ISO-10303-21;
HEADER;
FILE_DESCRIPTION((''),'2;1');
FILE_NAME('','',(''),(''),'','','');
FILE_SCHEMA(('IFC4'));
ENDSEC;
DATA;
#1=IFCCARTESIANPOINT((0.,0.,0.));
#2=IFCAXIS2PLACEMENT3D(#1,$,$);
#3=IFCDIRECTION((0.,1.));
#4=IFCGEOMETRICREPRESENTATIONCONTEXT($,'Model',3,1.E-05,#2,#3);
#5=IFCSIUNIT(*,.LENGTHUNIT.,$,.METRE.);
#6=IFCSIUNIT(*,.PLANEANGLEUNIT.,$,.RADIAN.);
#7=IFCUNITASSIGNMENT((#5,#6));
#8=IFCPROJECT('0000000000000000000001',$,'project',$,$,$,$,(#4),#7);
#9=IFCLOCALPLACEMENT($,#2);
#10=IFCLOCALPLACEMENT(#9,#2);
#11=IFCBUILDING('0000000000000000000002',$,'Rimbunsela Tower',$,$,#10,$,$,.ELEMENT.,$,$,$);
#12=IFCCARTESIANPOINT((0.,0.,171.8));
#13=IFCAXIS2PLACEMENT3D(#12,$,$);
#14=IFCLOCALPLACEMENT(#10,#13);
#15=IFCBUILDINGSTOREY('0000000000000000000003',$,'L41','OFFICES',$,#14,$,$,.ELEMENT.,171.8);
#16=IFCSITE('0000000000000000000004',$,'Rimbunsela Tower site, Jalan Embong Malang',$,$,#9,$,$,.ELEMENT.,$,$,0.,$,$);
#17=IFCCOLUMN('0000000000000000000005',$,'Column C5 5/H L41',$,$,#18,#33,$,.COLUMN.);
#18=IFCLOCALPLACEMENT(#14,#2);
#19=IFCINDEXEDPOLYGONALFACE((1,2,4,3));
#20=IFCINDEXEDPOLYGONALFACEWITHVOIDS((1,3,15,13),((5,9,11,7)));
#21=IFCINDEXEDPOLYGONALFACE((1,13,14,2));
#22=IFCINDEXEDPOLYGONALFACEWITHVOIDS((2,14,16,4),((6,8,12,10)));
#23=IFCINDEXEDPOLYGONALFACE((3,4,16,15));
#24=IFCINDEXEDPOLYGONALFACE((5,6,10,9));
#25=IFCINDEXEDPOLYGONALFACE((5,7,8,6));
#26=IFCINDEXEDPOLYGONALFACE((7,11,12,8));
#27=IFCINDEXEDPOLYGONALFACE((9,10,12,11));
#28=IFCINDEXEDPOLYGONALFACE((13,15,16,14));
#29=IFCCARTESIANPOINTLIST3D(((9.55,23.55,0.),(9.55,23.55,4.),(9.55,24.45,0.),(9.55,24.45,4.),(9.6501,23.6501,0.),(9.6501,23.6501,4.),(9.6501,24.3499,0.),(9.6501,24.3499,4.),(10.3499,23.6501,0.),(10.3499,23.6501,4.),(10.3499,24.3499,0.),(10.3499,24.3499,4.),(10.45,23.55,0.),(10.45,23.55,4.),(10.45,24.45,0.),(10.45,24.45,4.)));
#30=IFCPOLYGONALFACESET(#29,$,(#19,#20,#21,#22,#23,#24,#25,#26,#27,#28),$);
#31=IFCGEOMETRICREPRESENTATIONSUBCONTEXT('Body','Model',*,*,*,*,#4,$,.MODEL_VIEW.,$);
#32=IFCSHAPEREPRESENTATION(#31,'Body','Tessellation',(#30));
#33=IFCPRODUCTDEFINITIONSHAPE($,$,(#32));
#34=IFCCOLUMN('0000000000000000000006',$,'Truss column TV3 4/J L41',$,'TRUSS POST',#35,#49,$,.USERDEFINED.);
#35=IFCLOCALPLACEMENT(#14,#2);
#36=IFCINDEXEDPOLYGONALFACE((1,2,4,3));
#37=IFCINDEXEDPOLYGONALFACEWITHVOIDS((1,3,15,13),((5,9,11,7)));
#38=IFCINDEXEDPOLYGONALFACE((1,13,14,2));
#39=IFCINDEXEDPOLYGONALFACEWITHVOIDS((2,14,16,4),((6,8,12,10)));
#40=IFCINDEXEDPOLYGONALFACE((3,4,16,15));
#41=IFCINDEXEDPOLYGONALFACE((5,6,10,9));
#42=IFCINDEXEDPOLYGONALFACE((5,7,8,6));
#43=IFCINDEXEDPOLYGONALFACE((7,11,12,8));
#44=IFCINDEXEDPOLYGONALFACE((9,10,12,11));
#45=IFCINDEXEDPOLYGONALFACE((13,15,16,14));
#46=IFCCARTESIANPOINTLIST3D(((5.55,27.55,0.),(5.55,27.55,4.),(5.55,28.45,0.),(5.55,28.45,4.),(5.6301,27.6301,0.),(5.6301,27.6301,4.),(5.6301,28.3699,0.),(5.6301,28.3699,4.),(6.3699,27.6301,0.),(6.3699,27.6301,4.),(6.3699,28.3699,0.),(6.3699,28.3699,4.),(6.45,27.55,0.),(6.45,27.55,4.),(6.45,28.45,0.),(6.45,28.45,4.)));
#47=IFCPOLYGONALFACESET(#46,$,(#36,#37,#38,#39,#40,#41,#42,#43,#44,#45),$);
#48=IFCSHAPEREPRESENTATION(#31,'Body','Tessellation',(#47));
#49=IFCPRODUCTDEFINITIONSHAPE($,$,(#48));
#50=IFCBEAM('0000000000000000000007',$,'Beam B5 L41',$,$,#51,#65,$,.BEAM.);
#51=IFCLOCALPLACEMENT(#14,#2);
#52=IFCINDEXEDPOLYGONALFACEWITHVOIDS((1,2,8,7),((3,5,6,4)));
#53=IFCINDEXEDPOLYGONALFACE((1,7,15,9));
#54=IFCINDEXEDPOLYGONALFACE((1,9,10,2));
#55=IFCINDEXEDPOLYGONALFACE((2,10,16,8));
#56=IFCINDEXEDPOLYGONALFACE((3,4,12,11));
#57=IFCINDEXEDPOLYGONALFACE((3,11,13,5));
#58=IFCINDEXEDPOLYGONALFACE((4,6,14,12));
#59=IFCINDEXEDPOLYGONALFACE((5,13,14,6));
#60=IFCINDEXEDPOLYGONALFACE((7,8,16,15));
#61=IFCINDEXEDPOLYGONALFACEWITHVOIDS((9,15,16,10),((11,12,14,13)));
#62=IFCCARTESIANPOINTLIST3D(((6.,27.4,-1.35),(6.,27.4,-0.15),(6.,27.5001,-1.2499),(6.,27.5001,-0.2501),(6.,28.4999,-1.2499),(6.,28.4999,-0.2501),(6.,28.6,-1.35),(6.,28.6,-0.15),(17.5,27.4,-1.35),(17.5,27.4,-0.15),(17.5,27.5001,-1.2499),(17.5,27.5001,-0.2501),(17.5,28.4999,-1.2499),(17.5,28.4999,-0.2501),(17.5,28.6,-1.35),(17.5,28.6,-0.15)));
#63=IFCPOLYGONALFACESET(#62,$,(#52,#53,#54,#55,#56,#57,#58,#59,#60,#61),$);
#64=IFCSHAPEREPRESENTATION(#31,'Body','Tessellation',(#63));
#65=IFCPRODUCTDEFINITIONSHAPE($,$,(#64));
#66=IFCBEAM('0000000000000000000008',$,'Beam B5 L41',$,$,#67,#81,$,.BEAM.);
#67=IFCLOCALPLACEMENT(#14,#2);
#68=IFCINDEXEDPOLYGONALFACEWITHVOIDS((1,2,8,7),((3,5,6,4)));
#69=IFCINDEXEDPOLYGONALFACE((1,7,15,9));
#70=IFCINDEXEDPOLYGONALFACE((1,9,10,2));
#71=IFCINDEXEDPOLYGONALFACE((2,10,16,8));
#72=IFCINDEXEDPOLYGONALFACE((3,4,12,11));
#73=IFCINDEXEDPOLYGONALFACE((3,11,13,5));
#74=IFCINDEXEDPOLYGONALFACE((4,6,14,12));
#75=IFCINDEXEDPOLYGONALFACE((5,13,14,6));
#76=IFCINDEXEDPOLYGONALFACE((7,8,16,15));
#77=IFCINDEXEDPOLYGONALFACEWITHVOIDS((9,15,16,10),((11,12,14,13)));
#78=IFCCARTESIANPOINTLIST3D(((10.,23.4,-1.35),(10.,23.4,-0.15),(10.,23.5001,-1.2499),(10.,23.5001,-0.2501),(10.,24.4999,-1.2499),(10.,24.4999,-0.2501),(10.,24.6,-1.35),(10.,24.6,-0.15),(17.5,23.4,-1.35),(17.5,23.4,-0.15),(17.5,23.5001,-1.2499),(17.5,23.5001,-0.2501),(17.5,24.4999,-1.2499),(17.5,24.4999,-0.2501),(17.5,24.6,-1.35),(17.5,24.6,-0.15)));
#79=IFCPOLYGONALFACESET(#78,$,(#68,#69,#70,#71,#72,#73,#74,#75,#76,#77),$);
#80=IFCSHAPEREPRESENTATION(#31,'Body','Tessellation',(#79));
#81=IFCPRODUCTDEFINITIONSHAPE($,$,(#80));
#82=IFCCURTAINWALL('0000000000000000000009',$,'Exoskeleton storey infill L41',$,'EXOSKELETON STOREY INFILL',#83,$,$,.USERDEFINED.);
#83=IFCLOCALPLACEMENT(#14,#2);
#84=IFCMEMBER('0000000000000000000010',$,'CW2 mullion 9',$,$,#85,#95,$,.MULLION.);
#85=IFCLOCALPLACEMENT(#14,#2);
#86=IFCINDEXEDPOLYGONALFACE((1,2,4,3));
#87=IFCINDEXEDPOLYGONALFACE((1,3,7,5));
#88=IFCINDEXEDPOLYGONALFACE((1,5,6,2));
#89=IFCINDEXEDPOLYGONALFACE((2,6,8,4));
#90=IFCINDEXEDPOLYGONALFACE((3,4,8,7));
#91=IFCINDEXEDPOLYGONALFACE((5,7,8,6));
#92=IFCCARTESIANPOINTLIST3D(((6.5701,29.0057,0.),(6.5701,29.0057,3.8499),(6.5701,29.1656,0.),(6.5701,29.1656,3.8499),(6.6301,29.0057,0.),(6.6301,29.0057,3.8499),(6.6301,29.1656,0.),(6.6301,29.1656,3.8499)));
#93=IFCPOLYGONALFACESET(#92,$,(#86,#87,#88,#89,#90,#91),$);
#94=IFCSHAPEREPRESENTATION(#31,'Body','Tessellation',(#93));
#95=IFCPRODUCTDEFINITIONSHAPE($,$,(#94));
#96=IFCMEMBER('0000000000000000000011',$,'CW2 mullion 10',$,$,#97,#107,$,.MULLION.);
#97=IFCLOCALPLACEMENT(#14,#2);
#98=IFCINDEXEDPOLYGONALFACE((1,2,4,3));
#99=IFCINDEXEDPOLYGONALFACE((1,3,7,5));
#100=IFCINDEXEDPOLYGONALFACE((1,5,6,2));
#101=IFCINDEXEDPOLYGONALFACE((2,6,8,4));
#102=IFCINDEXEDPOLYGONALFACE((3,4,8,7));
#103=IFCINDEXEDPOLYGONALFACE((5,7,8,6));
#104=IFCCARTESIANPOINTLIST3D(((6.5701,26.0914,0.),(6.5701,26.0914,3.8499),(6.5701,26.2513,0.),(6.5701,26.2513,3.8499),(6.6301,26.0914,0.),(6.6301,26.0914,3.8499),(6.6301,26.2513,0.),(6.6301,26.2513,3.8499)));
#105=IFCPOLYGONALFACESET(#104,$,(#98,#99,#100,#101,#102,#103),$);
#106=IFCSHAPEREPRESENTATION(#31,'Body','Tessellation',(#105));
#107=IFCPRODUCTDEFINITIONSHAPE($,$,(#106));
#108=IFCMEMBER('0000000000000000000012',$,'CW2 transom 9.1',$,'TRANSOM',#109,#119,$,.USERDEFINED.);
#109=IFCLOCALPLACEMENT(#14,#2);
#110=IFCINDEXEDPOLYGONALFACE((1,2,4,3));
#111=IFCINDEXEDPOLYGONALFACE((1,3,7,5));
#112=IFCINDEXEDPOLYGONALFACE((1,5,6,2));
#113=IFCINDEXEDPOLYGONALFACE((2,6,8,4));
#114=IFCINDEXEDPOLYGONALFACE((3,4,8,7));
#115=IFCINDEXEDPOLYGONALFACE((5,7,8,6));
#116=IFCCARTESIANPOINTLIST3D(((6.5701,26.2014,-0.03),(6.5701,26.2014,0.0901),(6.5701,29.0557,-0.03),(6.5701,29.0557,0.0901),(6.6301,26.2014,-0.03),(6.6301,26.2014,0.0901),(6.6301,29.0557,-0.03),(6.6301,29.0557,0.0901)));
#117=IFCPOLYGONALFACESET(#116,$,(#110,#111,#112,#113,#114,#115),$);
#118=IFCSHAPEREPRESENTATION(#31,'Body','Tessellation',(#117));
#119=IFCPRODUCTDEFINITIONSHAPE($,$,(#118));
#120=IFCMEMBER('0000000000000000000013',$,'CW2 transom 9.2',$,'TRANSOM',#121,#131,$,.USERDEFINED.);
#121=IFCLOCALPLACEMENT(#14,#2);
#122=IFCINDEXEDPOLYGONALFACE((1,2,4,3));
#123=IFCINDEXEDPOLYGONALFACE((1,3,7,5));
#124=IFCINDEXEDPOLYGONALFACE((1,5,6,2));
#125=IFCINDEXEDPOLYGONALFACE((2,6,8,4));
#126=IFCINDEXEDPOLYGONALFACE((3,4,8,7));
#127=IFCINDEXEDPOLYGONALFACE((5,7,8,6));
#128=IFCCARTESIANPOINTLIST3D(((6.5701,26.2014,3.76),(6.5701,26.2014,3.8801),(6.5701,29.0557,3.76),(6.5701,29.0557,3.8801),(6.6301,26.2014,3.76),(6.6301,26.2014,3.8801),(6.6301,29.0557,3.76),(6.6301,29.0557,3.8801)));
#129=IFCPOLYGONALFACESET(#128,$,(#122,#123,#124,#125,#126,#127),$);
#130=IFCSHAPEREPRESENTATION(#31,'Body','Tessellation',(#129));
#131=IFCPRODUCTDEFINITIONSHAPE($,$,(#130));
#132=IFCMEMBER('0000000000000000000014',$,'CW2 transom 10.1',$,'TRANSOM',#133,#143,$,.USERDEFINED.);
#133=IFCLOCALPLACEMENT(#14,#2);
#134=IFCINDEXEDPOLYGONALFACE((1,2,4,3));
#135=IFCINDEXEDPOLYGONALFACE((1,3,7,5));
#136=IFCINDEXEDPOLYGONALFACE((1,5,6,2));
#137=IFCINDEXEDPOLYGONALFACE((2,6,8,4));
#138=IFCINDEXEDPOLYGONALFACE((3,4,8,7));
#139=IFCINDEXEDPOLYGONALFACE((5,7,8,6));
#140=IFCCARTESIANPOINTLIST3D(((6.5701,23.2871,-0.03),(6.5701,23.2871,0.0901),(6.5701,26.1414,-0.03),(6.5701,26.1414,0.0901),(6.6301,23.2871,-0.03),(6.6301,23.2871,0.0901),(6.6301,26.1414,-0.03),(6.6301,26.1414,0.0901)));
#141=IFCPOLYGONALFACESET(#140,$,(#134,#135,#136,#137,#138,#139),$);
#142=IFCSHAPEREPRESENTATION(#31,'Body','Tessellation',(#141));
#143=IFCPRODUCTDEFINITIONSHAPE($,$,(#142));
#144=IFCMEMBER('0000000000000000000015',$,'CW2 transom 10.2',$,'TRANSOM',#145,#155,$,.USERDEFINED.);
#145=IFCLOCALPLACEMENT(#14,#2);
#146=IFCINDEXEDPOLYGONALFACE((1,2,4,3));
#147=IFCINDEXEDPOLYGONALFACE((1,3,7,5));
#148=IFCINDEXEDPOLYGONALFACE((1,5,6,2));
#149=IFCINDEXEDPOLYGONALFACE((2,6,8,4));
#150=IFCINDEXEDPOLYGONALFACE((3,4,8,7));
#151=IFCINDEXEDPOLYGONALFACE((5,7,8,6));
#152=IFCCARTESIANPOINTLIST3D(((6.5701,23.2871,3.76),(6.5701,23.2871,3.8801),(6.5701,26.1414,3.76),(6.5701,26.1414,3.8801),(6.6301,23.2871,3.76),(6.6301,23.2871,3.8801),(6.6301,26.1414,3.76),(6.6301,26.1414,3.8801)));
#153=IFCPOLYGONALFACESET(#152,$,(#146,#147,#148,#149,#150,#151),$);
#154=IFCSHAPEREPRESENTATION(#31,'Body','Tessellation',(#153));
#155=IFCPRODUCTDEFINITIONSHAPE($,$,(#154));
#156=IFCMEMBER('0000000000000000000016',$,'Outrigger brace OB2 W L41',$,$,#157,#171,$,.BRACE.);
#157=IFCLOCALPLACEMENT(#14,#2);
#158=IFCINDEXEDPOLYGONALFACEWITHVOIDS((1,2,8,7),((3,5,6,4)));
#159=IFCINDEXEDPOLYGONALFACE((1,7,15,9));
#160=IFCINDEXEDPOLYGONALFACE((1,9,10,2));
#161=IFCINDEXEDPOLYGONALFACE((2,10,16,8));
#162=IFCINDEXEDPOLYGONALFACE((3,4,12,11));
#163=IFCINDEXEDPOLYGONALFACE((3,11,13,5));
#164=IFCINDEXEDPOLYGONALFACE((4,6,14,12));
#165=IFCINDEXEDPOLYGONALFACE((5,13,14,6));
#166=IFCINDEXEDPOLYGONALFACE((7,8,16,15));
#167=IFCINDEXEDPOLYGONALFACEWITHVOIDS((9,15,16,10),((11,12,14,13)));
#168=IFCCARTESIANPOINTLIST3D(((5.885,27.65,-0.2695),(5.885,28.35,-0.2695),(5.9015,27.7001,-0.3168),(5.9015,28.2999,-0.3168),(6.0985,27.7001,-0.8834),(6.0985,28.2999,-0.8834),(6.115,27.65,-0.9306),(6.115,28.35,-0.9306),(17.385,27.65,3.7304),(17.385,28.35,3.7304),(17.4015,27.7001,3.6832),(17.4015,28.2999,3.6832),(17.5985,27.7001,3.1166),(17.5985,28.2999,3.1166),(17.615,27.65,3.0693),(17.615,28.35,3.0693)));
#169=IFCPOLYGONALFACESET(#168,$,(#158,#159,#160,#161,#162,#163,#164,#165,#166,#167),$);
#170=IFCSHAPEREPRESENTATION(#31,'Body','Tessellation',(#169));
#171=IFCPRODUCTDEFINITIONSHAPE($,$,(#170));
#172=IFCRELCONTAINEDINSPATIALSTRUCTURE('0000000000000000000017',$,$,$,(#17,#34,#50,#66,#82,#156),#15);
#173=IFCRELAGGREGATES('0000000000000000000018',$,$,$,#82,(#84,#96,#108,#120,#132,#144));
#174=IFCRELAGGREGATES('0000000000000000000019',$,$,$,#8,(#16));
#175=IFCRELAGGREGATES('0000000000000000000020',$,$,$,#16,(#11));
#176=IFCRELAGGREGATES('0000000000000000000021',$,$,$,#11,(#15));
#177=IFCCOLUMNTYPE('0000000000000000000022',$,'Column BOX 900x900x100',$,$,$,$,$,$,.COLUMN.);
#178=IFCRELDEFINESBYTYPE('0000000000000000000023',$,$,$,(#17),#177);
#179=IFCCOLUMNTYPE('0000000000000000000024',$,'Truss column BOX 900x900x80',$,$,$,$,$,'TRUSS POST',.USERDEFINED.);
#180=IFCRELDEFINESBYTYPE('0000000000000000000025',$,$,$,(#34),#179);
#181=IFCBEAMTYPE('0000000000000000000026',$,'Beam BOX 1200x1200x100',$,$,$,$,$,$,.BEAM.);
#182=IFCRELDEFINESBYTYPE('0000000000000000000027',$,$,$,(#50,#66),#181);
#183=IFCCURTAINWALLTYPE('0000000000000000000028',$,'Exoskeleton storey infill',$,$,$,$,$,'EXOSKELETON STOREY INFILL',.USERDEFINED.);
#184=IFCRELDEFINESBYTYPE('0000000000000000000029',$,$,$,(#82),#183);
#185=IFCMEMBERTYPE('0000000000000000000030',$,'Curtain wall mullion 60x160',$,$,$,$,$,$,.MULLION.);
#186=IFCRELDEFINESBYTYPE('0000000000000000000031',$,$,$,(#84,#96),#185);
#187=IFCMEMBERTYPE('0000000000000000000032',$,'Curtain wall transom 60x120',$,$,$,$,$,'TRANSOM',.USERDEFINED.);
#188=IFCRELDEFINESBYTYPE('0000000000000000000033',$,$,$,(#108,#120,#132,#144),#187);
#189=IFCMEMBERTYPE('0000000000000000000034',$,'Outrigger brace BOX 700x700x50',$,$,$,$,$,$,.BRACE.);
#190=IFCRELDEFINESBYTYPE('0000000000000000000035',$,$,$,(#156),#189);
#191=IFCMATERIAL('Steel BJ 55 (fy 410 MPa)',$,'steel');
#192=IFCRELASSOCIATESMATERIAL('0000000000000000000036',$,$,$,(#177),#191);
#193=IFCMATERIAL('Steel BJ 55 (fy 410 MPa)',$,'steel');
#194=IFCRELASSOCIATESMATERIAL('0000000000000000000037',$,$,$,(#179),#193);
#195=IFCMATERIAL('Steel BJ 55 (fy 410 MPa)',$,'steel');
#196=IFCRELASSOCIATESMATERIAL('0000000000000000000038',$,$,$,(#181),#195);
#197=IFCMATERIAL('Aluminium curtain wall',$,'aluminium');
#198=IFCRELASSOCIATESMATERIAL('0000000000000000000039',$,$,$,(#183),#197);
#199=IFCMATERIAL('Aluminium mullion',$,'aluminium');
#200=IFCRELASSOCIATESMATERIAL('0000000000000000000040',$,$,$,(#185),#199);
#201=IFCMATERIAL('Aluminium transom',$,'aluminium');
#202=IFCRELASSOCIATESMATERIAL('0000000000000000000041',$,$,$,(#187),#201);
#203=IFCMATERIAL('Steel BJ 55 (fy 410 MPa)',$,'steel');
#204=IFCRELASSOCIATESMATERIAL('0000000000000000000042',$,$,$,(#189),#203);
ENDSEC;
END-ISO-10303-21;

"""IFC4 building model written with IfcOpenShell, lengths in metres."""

from ifc_helpers import new_model, si_unit, direction, frame, origin, origin_2d, place, context, subcontext, project, spatial, rectangle, hollow_rectangle, extrude, material, material_profile, profile_set, type_object, element, aggregate, save


model = new_model("IFC4")

# Units and contexts
model_context = context("Model", 3, precision=1e-05, world=origin(), true_north=direction((0.0, 1.0)))
body_context = subcontext(model_context, "Body", "Model", "MODEL_VIEW")
ifc_project = project(units=[si_unit("LENGTHUNIT", "METRE"), si_unit("PLANEANGLEUNIT", "RADIAN")], contexts=[model_context])

# Site, building, storey
site_placement = place(None, origin())
site = spatial("IfcSite", under=ifc_project, at=site_placement, Name="Rimbunsela Tower site, Jalan Embong Malang", CompositionType="ELEMENT", RefElevation=0.0)
building_placement = place(site_placement, origin())
building = spatial("IfcBuilding", under=site, at=building_placement, Name="Rimbunsela Tower", CompositionType="ELEMENT")
storey_placement = place(building_placement, frame((0.0, 0.0, 171.8)))
storey = spatial("IfcBuildingStorey", under=building, at=storey_placement, Name="L41", Description="OFFICES", CompositionType="ELEMENT", Elevation=171.8)

# Columns
ifc_material_1 = material(Name="Steel BJ 55 (fy 410 MPa)", Category="steel")
ifc_material_profile_1 = material_profile(ifc_material_1, hollow_rectangle(XDim=0.8999, YDim=0.8999, WallThickness=0.1001, at=origin_2d()), Name="BOX 900x900x100")
ifc_profile_set_1 = profile_set([ifc_material_profile_1], Name="Steel BJ 55 (fy 410 MPa)")
column_type_1 = type_object("IfcColumnType", Name="Column BOX 900x900x100", PredefinedType="COLUMN", material=ifc_profile_set_1)
column_1_placement = place(storey_placement, frame((10.0, 24.0, 0.0), z_axis=(0.0, 0.0, 1.0), x_axis=(1.0, 0.0, 0.0)))
element("IfcColumn", 1, at=column_1_placement, inside=storey, type_object=column_type_1, Name="Column C5 5/H L41", PredefinedType="COLUMN", context=body_context, shape_type="SweptSolid", body=[
    extrude(hollow_rectangle(XDim=0.8999, YDim=0.8999, WallThickness=0.1001, at=origin_2d()), origin(), (0.0, 0.0, 1.0), 4.0),
])
ifc_material_2 = material(Name="Steel BJ 55 (fy 410 MPa)", Category="steel")
ifc_material_profile_2 = material_profile(ifc_material_2, hollow_rectangle(XDim=0.8999, YDim=0.8999, WallThickness=0.0801, at=origin_2d()), Name="BOX 900x900x80")
ifc_profile_set_2 = profile_set([ifc_material_profile_2], Name="Steel BJ 55 (fy 410 MPa)")
column_type_2 = type_object("IfcColumnType", Name="Truss column BOX 900x900x80", ElementType="TRUSS POST", PredefinedType="USERDEFINED", material=ifc_profile_set_2)
column_2_placement = place(storey_placement, frame((6.0, 28.0, 0.0), z_axis=(0.0, 0.0, 1.0), x_axis=(1.0, 0.0, 0.0)))
element("IfcColumn", 2, at=column_2_placement, inside=storey, type_object=column_type_2, Name="Truss column TV3 4/J L41", ObjectType="TRUSS POST", PredefinedType="USERDEFINED", context=body_context, shape_type="SweptSolid", body=[
    extrude(hollow_rectangle(XDim=0.8999, YDim=0.8999, WallThickness=0.0801, at=origin_2d()), origin(), (0.0, 0.0, 1.0), 4.0),
])

# Beams
ifc_material_3 = material(Name="Steel BJ 55 (fy 410 MPa)", Category="steel")
ifc_material_profile_3 = material_profile(ifc_material_3, hollow_rectangle(XDim=1.2, YDim=1.2, WallThickness=0.1001, at=origin_2d()), Name="BOX 1200x1200x100")
ifc_profile_set_3 = profile_set([ifc_material_profile_3], Name="Steel BJ 55 (fy 410 MPa)")
beam_type_1 = type_object("IfcBeamType", Name="Beam BOX 1200x1200x100", PredefinedType="BEAM", material=ifc_profile_set_3)
beam_1_placement = place(storey_placement, frame((6.0, 28.0, -0.75), z_axis=(1.0, 0.0, 0.0), x_axis=(0.0, 1.0, 0.0)))
element("IfcBeam", 3, at=beam_1_placement, inside=storey, type_object=beam_type_1, Name="Beam B5 L41", PredefinedType="BEAM", context=body_context, shape_type="SweptSolid", body=[
    extrude(hollow_rectangle(XDim=1.2, YDim=1.2, WallThickness=0.1001, at=origin_2d()), origin(), (0.0, 0.0, 1.0), 11.5),
])
beam_2_placement = place(storey_placement, frame((10.0, 24.0, -0.75), z_axis=(1.0, 0.0, 0.0), x_axis=(0.0, 1.0, 0.0)))
element("IfcBeam", 4, at=beam_2_placement, inside=storey, type_object=beam_type_1, Name="Beam B5 L41", PredefinedType="BEAM", context=body_context, shape_type="SweptSolid", body=[
    extrude(hollow_rectangle(XDim=1.2, YDim=1.2, WallThickness=0.1001, at=origin_2d()), origin(), (0.0, 0.0, 1.0), 7.5),
])

# Curtain wall, members
ifc_material_4 = material(Name="Aluminium curtain wall", Category="aluminium")
curtain_wall_type = type_object("IfcCurtainWallType", Name="Exoskeleton storey infill", ElementType="EXOSKELETON STOREY INFILL", PredefinedType="USERDEFINED", material=ifc_material_4)
curtain_wall_placement = place(storey_placement, origin())
curtain_wall = element("IfcCurtainWall", 5, at=curtain_wall_placement, inside=storey, type_object=curtain_wall_type, Name="Exoskeleton storey infill L41", ObjectType="EXOSKELETON STOREY INFILL", PredefinedType="USERDEFINED")
ifc_material_5 = material(Name="Aluminium mullion", Category="aluminium")
ifc_material_profile_4 = material_profile(ifc_material_5, rectangle(XDim=0.0601, YDim=0.1599, at=origin_2d()), Name="Mullion 60x160")
ifc_profile_set_4 = profile_set([ifc_material_profile_4], Name="Aluminium mullion")
member_type_1 = type_object("IfcMemberType", Name="Curtain wall mullion 60x160", PredefinedType="MULLION", material=ifc_profile_set_4)
member_1_placement = place(storey_placement, frame((6.6001, 29.0857, 0.0), z_axis=(0.0, 0.0, 1.0), x_axis=(1.0, 0.0, 0.0)))
member_1 = element("IfcMember", 6, at=member_1_placement, type_object=member_type_1, Name="CW2 mullion 9", PredefinedType="MULLION", context=body_context, shape_type="SweptSolid", body=[
    extrude(rectangle(XDim=0.0601, YDim=0.1599, at=origin_2d()), origin(), (0.0, 0.0, 1.0), 3.8499),
])
member_2_placement = place(storey_placement, frame((6.6001, 26.1714, 0.0), z_axis=(0.0, 0.0, 1.0), x_axis=(1.0, 0.0, 0.0)))
member_2 = element("IfcMember", 7, at=member_2_placement, type_object=member_type_1, Name="CW2 mullion 10", PredefinedType="MULLION", context=body_context, shape_type="SweptSolid", body=[
    extrude(rectangle(XDim=0.0601, YDim=0.1599, at=origin_2d()), origin(), (0.0, 0.0, 1.0), 3.8499),
])
ifc_material_6 = material(Name="Aluminium transom", Category="aluminium")
ifc_material_profile_5 = material_profile(ifc_material_6, rectangle(XDim=0.0601, YDim=0.1201, at=origin_2d()), Name="Transom 60x120")
ifc_profile_set_5 = profile_set([ifc_material_profile_5], Name="Aluminium transom")
member_type_2 = type_object("IfcMemberType", Name="Curtain wall transom 60x120", ElementType="TRANSOM", PredefinedType="USERDEFINED", material=ifc_profile_set_5)
member_3_placement = place(storey_placement, frame((6.6001, 29.0557, 0.03), z_axis=(0.0, -1.0, 0.0), x_axis=(1.0, 0.0, 0.0)))
member_3 = element("IfcMember", 8, at=member_3_placement, type_object=member_type_2, Name="CW2 transom 9.1", ObjectType="TRANSOM", PredefinedType="USERDEFINED", context=body_context, shape_type="SweptSolid", body=[
    extrude(rectangle(XDim=0.0601, YDim=0.1201, at=origin_2d()), origin(), (0.0, 0.0, 1.0), 2.8542),
])
member_4_placement = place(storey_placement, frame((6.6001, 29.0557, 3.8201), z_axis=(0.0, -1.0, 0.0), x_axis=(1.0, 0.0, 0.0)))
member_4 = element("IfcMember", 9, at=member_4_placement, type_object=member_type_2, Name="CW2 transom 9.2", ObjectType="TRANSOM", PredefinedType="USERDEFINED", context=body_context, shape_type="SweptSolid", body=[
    extrude(rectangle(XDim=0.0601, YDim=0.1201, at=origin_2d()), origin(), (0.0, 0.0, 1.0), 2.8542),
])
member_5_placement = place(storey_placement, frame((6.6001, 26.1414, 0.03), z_axis=(0.0, -1.0, 0.0), x_axis=(1.0, 0.0, 0.0)))
member_5 = element("IfcMember", 10, at=member_5_placement, type_object=member_type_2, Name="CW2 transom 10.1", ObjectType="TRANSOM", PredefinedType="USERDEFINED", context=body_context, shape_type="SweptSolid", body=[
    extrude(rectangle(XDim=0.0601, YDim=0.1201, at=origin_2d()), origin(), (0.0, 0.0, 1.0), 2.8542),
])
member_6_placement = place(storey_placement, frame((6.6001, 26.1414, 3.8201), z_axis=(0.0, -1.0, 0.0), x_axis=(1.0, 0.0, 0.0)))
member_6 = element("IfcMember", 11, at=member_6_placement, type_object=member_type_2, Name="CW2 transom 10.2", ObjectType="TRANSOM", PredefinedType="USERDEFINED", context=body_context, shape_type="SweptSolid", body=[
    extrude(rectangle(XDim=0.0601, YDim=0.1201, at=origin_2d()), origin(), (0.0, 0.0, 1.0), 2.8542),
])

# Member
ifc_material_7 = material(Name="Steel BJ 55 (fy 410 MPa)", Category="steel")
ifc_material_profile_6 = material_profile(ifc_material_7, hollow_rectangle(XDim=0.7, YDim=0.7, WallThickness=0.05, at=origin_2d()), Name="BOX 700x700x50")
ifc_profile_set_6 = profile_set([ifc_material_profile_6], Name="Steel BJ 55 (fy 410 MPa)")
member_type_3 = type_object("IfcMemberType", Name="Outrigger brace BOX 700x700x50", PredefinedType="BRACE", material=ifc_profile_set_6)
member_7_placement = place(storey_placement, frame((6.0, 28.0, -0.6001), z_axis=(0.944497, 0.0, 0.328521), x_axis=(0.0, 1.0, 0.0)))
element("IfcMember", 12, at=member_7_placement, inside=storey, type_object=member_type_3, Name="Outrigger brace OB2 W L41", PredefinedType="BRACE", context=body_context, shape_type="SweptSolid", body=[
    extrude(hollow_rectangle(XDim=0.7, YDim=0.7, WallThickness=0.05, at=origin_2d()), origin(), (0.0, 0.0, 1.0), 12.1758),
])

aggregate(curtain_wall, [member_1, member_2, member_3, member_4, member_5, member_6])

save(model, "model.ifc")
